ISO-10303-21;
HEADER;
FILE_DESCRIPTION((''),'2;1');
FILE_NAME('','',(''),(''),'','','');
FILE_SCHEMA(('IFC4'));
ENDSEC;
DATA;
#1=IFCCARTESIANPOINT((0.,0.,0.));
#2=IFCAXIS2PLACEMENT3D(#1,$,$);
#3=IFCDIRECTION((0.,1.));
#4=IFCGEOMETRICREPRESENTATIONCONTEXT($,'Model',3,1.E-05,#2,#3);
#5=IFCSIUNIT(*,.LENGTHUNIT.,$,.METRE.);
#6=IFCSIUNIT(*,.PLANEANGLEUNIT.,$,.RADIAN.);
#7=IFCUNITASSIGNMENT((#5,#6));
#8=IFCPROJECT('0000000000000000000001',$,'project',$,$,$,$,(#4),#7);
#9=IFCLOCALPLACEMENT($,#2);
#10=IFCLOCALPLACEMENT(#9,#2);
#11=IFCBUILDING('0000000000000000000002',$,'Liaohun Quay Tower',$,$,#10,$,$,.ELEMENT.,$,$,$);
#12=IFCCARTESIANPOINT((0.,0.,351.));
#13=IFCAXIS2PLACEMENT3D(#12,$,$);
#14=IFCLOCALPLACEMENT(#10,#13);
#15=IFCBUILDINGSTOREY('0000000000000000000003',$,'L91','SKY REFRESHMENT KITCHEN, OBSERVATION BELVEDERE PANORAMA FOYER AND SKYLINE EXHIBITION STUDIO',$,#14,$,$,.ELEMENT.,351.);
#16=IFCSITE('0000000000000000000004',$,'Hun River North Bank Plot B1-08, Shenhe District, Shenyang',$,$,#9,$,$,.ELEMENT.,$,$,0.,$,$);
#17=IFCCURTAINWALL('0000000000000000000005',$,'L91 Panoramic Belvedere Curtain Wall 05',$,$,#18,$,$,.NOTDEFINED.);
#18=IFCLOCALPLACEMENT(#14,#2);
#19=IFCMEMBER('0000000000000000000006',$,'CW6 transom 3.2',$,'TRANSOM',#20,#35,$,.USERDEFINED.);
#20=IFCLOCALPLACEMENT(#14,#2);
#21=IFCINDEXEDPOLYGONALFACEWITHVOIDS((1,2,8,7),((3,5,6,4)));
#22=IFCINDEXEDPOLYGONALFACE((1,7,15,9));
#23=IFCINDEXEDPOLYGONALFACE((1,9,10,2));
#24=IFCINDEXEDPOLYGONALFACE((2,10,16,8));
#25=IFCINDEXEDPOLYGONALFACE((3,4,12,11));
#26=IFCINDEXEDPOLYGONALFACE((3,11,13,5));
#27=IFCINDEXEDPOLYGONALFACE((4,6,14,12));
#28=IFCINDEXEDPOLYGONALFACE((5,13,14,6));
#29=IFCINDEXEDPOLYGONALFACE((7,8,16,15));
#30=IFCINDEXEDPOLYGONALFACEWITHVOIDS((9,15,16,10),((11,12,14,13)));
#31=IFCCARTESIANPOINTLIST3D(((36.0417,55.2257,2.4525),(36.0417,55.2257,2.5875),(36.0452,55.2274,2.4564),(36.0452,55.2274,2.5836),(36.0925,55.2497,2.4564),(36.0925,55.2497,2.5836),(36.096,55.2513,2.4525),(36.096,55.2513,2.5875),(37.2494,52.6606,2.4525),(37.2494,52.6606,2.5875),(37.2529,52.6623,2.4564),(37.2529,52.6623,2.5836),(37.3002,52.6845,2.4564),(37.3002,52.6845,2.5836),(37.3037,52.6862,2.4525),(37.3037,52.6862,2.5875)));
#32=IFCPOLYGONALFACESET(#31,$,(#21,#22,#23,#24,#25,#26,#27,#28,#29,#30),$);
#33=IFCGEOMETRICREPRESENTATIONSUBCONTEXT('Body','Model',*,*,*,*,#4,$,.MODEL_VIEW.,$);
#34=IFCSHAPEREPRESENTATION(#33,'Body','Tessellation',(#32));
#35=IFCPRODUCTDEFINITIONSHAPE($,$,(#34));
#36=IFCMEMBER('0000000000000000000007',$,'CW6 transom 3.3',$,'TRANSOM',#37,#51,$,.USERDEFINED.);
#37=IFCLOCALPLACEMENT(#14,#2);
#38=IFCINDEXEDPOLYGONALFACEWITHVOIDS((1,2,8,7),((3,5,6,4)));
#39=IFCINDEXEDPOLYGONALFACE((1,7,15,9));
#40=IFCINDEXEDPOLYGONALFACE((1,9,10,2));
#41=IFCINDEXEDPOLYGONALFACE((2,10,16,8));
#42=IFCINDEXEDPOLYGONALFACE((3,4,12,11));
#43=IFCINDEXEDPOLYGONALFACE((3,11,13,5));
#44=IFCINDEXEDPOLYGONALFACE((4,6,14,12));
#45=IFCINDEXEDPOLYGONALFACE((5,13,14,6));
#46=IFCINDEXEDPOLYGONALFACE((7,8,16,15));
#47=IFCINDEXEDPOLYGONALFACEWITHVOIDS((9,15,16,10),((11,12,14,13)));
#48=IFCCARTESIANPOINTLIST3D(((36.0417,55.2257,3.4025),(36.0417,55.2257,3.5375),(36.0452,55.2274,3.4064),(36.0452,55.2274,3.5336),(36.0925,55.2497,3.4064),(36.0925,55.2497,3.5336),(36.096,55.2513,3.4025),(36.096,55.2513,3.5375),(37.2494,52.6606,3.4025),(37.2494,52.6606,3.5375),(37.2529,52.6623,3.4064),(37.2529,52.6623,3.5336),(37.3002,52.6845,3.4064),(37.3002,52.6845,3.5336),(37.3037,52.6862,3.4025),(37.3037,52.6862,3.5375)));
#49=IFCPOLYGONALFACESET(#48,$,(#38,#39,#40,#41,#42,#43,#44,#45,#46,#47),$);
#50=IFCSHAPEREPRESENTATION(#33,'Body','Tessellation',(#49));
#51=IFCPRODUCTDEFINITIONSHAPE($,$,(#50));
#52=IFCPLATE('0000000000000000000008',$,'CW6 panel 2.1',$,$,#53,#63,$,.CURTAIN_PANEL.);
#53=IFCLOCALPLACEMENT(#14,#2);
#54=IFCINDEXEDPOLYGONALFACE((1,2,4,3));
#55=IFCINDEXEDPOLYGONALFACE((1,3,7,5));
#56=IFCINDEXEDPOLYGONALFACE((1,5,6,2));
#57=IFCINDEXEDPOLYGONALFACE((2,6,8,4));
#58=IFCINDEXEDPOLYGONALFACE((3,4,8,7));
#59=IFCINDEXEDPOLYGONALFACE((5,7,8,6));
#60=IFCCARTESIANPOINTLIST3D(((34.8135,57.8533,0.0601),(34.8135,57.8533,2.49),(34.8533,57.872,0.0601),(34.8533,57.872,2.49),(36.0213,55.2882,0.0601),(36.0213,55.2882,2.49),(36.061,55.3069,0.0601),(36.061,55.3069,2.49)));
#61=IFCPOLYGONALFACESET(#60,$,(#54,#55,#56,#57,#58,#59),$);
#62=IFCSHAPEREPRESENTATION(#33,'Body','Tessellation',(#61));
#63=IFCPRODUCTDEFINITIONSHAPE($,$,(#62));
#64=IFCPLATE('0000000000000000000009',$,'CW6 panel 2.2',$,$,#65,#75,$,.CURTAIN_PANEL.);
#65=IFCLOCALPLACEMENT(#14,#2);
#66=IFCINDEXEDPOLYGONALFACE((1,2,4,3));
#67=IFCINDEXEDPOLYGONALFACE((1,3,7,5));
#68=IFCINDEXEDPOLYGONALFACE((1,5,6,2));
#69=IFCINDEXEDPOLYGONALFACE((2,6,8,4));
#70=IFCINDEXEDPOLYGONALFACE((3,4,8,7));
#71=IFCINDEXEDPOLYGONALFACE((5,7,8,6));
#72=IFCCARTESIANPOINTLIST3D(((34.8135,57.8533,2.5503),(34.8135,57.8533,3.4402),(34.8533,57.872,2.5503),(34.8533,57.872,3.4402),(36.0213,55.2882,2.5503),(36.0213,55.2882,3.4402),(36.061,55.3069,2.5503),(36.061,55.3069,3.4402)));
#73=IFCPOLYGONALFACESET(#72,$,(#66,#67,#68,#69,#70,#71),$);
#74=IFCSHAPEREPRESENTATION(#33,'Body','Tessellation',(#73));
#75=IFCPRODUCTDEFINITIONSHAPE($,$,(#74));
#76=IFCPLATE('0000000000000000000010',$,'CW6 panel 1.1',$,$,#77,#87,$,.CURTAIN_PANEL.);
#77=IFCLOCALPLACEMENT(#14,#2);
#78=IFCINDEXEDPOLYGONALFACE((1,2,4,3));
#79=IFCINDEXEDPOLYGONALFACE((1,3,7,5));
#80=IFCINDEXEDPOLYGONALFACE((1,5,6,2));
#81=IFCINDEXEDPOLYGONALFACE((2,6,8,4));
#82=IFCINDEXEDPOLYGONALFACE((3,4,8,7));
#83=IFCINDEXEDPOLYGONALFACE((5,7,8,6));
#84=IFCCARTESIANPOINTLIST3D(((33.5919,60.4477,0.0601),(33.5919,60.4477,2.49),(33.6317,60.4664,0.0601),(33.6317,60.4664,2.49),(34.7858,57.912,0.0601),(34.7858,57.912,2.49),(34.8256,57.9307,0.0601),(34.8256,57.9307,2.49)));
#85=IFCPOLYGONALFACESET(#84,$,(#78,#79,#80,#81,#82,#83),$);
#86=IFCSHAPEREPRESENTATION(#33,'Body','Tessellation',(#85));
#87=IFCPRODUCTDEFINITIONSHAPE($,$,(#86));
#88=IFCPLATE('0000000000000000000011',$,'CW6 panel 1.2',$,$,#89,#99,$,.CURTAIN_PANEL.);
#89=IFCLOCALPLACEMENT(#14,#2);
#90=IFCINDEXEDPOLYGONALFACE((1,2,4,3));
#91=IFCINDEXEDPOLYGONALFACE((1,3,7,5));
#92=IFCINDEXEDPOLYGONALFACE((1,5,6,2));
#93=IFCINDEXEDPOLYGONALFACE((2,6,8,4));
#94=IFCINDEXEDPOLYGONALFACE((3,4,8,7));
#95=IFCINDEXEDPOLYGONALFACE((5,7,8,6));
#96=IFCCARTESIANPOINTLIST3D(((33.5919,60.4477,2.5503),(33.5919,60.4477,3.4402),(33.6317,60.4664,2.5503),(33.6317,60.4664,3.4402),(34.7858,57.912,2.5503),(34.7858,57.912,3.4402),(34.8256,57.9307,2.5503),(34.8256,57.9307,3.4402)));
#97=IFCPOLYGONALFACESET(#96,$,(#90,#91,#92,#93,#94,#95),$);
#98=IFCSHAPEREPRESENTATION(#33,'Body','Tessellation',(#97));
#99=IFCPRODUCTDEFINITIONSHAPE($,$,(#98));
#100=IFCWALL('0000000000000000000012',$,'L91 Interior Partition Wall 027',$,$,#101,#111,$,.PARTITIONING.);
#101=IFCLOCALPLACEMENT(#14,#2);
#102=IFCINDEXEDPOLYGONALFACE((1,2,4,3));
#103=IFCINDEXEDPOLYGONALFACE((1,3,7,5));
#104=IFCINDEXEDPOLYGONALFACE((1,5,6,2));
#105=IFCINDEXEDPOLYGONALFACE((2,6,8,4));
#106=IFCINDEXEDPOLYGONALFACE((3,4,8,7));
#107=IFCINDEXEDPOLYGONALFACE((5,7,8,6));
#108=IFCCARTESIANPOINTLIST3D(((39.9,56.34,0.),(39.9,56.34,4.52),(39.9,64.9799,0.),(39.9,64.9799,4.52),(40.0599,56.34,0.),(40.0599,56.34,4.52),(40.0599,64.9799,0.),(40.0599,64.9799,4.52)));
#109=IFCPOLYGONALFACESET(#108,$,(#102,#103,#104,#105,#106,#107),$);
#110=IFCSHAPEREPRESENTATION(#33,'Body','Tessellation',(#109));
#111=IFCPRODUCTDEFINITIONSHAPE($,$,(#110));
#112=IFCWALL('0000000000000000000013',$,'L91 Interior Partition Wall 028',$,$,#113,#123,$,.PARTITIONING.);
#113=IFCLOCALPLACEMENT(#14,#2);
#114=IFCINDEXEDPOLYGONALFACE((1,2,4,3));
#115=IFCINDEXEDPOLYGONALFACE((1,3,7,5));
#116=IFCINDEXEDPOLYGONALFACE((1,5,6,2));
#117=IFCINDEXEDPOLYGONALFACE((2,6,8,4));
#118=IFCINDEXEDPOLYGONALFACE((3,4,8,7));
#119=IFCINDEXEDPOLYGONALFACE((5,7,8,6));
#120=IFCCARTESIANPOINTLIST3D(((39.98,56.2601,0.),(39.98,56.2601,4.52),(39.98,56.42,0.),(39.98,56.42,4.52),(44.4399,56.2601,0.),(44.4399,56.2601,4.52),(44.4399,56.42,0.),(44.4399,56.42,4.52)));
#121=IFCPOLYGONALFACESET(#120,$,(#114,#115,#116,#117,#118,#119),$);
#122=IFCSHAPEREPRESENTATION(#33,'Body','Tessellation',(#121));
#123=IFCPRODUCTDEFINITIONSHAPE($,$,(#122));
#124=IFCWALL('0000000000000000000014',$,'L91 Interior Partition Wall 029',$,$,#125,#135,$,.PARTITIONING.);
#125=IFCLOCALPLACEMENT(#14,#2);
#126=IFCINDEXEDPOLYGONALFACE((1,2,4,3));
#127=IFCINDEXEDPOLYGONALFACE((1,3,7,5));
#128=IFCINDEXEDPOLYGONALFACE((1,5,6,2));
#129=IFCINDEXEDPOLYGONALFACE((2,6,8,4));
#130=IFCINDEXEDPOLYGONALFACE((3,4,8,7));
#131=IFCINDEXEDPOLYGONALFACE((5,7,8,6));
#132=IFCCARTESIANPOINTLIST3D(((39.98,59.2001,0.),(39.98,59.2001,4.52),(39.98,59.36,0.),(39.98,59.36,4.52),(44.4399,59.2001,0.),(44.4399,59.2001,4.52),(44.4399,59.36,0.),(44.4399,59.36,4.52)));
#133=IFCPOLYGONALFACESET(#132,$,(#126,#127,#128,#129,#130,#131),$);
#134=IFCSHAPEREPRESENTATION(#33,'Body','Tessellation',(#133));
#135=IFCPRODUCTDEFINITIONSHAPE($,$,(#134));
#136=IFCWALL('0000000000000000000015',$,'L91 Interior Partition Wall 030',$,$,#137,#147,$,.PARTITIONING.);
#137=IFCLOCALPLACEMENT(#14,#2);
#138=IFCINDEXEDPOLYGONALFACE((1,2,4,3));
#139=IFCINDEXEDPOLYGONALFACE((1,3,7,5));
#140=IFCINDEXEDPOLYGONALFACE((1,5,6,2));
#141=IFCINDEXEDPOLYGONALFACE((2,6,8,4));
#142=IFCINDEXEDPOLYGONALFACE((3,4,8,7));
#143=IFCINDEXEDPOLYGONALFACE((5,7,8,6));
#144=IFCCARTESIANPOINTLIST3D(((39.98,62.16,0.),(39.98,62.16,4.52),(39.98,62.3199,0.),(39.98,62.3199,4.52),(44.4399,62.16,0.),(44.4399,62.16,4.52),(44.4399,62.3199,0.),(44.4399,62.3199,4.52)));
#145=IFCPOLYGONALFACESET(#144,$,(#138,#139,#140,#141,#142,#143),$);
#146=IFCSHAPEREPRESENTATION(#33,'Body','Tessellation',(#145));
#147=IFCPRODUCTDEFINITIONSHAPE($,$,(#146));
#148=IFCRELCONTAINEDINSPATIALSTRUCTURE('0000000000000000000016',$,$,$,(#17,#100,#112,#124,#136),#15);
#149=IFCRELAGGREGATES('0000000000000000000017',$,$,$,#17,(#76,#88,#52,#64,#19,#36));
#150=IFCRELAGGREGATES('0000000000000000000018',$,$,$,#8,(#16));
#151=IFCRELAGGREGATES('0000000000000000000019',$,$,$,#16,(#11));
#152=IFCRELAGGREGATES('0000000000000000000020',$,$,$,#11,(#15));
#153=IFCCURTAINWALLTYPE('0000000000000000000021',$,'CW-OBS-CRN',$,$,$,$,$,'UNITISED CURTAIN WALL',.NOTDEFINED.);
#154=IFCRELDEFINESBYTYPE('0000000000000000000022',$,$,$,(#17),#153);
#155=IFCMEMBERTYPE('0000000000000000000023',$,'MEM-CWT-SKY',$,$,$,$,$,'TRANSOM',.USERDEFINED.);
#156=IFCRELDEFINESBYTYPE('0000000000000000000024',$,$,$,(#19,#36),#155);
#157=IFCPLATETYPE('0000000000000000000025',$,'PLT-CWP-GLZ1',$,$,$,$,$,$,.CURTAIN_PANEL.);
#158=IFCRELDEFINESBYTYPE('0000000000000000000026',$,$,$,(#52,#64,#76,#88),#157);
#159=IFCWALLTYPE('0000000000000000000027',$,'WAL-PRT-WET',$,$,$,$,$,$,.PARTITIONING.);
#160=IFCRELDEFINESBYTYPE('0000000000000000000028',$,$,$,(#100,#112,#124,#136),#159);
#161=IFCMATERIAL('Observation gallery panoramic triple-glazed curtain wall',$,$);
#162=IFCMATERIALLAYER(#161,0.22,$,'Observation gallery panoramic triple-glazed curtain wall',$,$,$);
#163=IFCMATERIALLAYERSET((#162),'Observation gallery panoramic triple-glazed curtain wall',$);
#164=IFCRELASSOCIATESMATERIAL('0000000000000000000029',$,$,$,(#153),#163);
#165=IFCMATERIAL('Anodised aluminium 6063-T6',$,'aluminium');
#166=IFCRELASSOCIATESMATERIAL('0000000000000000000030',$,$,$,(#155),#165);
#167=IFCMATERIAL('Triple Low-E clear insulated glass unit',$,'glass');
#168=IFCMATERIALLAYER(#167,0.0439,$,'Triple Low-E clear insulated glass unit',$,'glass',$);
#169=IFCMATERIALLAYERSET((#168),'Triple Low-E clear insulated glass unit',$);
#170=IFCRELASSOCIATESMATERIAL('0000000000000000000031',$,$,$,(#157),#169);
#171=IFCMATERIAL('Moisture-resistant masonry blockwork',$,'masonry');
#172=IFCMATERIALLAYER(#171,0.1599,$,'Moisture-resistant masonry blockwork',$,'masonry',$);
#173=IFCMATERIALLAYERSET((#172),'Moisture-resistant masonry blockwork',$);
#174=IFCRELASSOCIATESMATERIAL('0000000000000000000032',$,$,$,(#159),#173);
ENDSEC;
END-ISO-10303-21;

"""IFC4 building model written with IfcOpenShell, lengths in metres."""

from ifc_helpers import new_model, si_unit, direction, frame, frame_2d, origin, origin_2d, place, context, subcontext, project, spatial, rectangle, hollow_rectangle, extrude, source, transform, mapped, material, layer, layer_set, material_profile, profile_set, type_object, element, aggregate, save


model = new_model("IFC4")

# Units and contexts
model_context = context("Model", 3, precision=1e-05, world=origin(), true_north=direction((0.0, 1.0)))
body_context = subcontext(model_context, "Body", "Model", "MODEL_VIEW")
ifc_project = project(units=[si_unit("LENGTHUNIT", "METRE"), si_unit("PLANEANGLEUNIT", "RADIAN")], contexts=[model_context])

# Site, building, storey
site_placement = place(None, origin())
site = spatial("IfcSite", under=ifc_project, at=site_placement, Name="Hun River North Bank Plot B1-08, Shenhe District, Shenyang", CompositionType="ELEMENT", RefElevation=0.0)
building_placement = place(site_placement, origin())
building = spatial("IfcBuilding", under=site, at=building_placement, Name="Liaohun Quay Tower", CompositionType="ELEMENT")
storey_placement = place(building_placement, frame((0.0, 0.0, 351.0)))
storey = spatial("IfcBuildingStorey", under=building, at=storey_placement, Name="L91", Description="SKY REFRESHMENT KITCHEN, OBSERVATION BELVEDERE PANORAMA FOYER AND SKYLINE EXHIBITION STUDIO", CompositionType="ELEMENT", Elevation=351.0)

# Curtain wall, members, plates
ifc_material_1 = material(Name="Observation gallery panoramic triple-glazed curtain wall")
ifc_layer_1 = layer(ifc_material_1, 0.22, Name="Observation gallery panoramic triple-glazed curtain wall")
ifc_layer_set_1 = layer_set([ifc_layer_1], Name="Observation gallery panoramic triple-glazed curtain wall")
curtain_wall_type = type_object("IfcCurtainWallType", Name="CW-OBS-CRN", ElementType="UNITISED CURTAIN WALL", PredefinedType="NOTDEFINED", material=ifc_layer_set_1)
curtain_wall_placement = place(storey_placement, origin())
curtain_wall = element("IfcCurtainWall", 1, at=curtain_wall_placement, inside=storey, type_object=curtain_wall_type, Name="L91 Panoramic Belvedere Curtain Wall 05", PredefinedType="NOTDEFINED")
ifc_material_2 = material(Name="Anodised aluminium 6063-T6", Category="aluminium")
ifc_material_profile_1 = material_profile(ifc_material_2, hollow_rectangle(XDim=0.0601, YDim=0.135, WallThickness=0.0039, at=origin_2d()), Name="RHS135x60x4")
ifc_profile_set_1 = profile_set([ifc_material_profile_1], Name="Anodised aluminium 6063-T6")
member_type_1 = type_object("IfcMemberType", Name="MEM-CWT-SKY", ElementType="TRANSOM", PredefinedType="USERDEFINED", material=ifc_profile_set_1)
shared_shape_1 = source(origin(), body_context, "Body", "SweptSolid", [
    extrude(hollow_rectangle(XDim=0.0601, YDim=0.135, WallThickness=0.0039, at=origin_2d()), origin(), (0.0, 0.0, 1.0), 2.8352),
])
member_1_placement = place(storey_placement, frame((36.0688, 55.2385, 2.52), z_axis=(0.425975, -0.904735, 0.0), x_axis=(0.904735, 0.425975, 0.0)))
member_1 = element("IfcMember", 2, at=member_1_placement, type_object=member_type_1, Name="CW6 transom 3.2", ObjectType="TRANSOM", PredefinedType="USERDEFINED", context=body_context, shape_type="MappedRepresentation", body=[
    mapped(shared_shape_1, transform((0.0, 0.0, 0.0), x_axis=(1.0, 0.0, 0.0), y_axis=(0.0, 1.0, 0.0), z_axis=(0.0, 0.0, 1.0), scale=1.0)),
])
member_2_placement = place(storey_placement, frame((36.0688, 55.2385, 3.47), z_axis=(0.425975, -0.904735, 0.0), x_axis=(0.904735, 0.425975, 0.0)))
member_2 = element("IfcMember", 3, at=member_2_placement, type_object=member_type_1, Name="CW6 transom 3.3", ObjectType="TRANSOM", PredefinedType="USERDEFINED", context=body_context, shape_type="MappedRepresentation", body=[
    mapped(shared_shape_1, transform((0.0, 0.0, 0.0), x_axis=(1.0, 0.0, 0.0), y_axis=(0.0, 1.0, 0.0), z_axis=(0.0, 0.0, 1.0), scale=1.0)),
])
ifc_material_3 = material(Name="Triple Low-E clear insulated glass unit", Category="glass")
ifc_layer_2 = layer(ifc_material_3, 0.0439, Name="Triple Low-E clear insulated glass unit", Category="glass")
ifc_layer_set_2 = layer_set([ifc_layer_2], Name="Triple Low-E clear insulated glass unit")
plate_type = type_object("IfcPlateType", Name="PLT-CWP-GLZ1", PredefinedType="CURTAIN_PANEL", material=ifc_layer_set_2)
shared_shape_2 = source(origin(), body_context, "Body", "SweptSolid", [
    extrude(rectangle(XDim=2.8352, YDim=0.0439, at=origin_2d()), origin(), (0.0, 0.0, 1.0), 2.4299),
])
plate_1_placement = place(storey_placement, frame((35.4373, 56.5801, 0.0601), z_axis=(0.0, 0.0, 1.0), x_axis=(0.425988, -0.904729, 0.0)))
plate_1 = element("IfcPlate", 4, at=plate_1_placement, type_object=plate_type, Name="CW6 panel 2.1", PredefinedType="CURTAIN_PANEL", context=body_context, shape_type="MappedRepresentation", body=[
    mapped(shared_shape_2, transform((0.0, 0.0, 0.0), x_axis=(1.0, 0.0, 0.0), y_axis=(0.0, 1.0, 0.0), z_axis=(0.0, 0.0, 1.0), scale=1.0)),
])
shared_shape_3 = source(origin(), body_context, "Body", "SweptSolid", [
    extrude(rectangle(XDim=2.8352, YDim=0.0439, at=origin_2d()), origin(), (0.0, 0.0, 1.0), 0.8899),
])
plate_2_placement = place(storey_placement, frame((35.4373, 56.5801, 2.5503), z_axis=(0.0, 0.0, 1.0), x_axis=(0.425988, -0.904729, 0.0)))
plate_2 = element("IfcPlate", 5, at=plate_2_placement, type_object=plate_type, Name="CW6 panel 2.2", PredefinedType="CURTAIN_PANEL", context=body_context, shape_type="MappedRepresentation", body=[
    mapped(shared_shape_3, transform((0.0, 0.0, 0.0), x_axis=(1.0, 0.0, 0.0), y_axis=(0.0, 1.0, 0.0), z_axis=(0.0, 0.0, 1.0), scale=1.0)),
])
shared_shape_4 = source(origin(), body_context, "Body", "SweptSolid", [
    extrude(rectangle(XDim=2.8027, YDim=0.0439, at=origin_2d()), origin(), (0.0, 0.0, 1.0), 2.4299),
])
plate_3_placement = place(storey_placement, frame((34.2087, 59.1892, 0.0601), z_axis=(0.0, 0.0, 1.0), x_axis=(0.425988, -0.904729, 0.0)))
plate_3 = element("IfcPlate", 6, at=plate_3_placement, type_object=plate_type, Name="CW6 panel 1.1", PredefinedType="CURTAIN_PANEL", context=body_context, shape_type="MappedRepresentation", body=[
    mapped(shared_shape_4, transform((0.0, 0.0, 0.0), x_axis=(1.0, 0.0, 0.0), y_axis=(0.0, 1.0, 0.0), z_axis=(0.0, 0.0, 1.0), scale=1.0)),
])
shared_shape_5 = source(origin(), body_context, "Body", "SweptSolid", [
    extrude(rectangle(XDim=2.8027, YDim=0.0439, at=origin_2d()), origin(), (0.0, 0.0, 1.0), 0.8899),
])
plate_4_placement = place(storey_placement, frame((34.2087, 59.1892, 2.5503), z_axis=(0.0, 0.0, 1.0), x_axis=(0.425988, -0.904729, 0.0)))
plate_4 = element("IfcPlate", 7, at=plate_4_placement, type_object=plate_type, Name="CW6 panel 1.2", PredefinedType="CURTAIN_PANEL", context=body_context, shape_type="MappedRepresentation", body=[
    mapped(shared_shape_5, transform((0.0, 0.0, 0.0), x_axis=(1.0, 0.0, 0.0), y_axis=(0.0, 1.0, 0.0), z_axis=(0.0, 0.0, 1.0), scale=1.0)),
])
aggregate(curtain_wall, [plate_3, plate_4, plate_1, plate_2, member_1, member_2])

# Shared definitions
ifc_material_4 = material(Name="Moisture-resistant masonry blockwork", Category="masonry")
ifc_layer_3 = layer(ifc_material_4, 0.1599, Name="Moisture-resistant masonry blockwork", Category="masonry")
ifc_layer_set_3 = layer_set([ifc_layer_3], Name="Moisture-resistant masonry blockwork")
wall_type = type_object("IfcWallType", Name="WAL-PRT-WET", PredefinedType="PARTITIONING", material=ifc_layer_set_3)

# Walls
wall_1_placement = place(storey_placement, frame((39.98, 56.3401, 0.0), z_axis=(0.0, 0.0, 1.0), x_axis=(0.0, 1.0, 0.0)))
element("IfcWall", 8, at=wall_1_placement, inside=storey, type_object=wall_type, Name="L91 Interior Partition Wall 027", PredefinedType="PARTITIONING", context=body_context, shape_type="SweptSolid", body=[
    extrude(rectangle(XDim=8.6399, YDim=0.1599, at=frame_2d((4.3198, 0.0))), origin(), (0.0, 0.0, 1.0), 4.52),
])
for number, where, z_axis, x_axis, name in (
    (9, (39.98, 56.3401, 0.0), (0.0, 0.0, 1.0), (1.0, 0.0, 0.0), "L91 Interior Partition Wall 028"),
    (10, (39.98, 59.28, 0.0), (0.0, 0.0, 1.0), (1.0, 0.0, 0.0), "L91 Interior Partition Wall 029"),
    (11, (39.98, 62.24, 0.0), (0.0, 0.0, 1.0), (1.0, 0.0, 0.0), "L91 Interior Partition Wall 030"),
):
    element("IfcWall", number, at=place(storey_placement, frame(where, z_axis=z_axis, x_axis=x_axis)), inside=storey, type_object=wall_type, Name=name, PredefinedType="PARTITIONING", context=body_context, shape_type="SweptSolid", body=[
        extrude(rectangle(XDim=4.46, YDim=0.1599, at=frame_2d((2.23, 0.0))), origin(), (0.0, 0.0, 1.0), 4.52),
    ])

save(model, "model.ifc")
